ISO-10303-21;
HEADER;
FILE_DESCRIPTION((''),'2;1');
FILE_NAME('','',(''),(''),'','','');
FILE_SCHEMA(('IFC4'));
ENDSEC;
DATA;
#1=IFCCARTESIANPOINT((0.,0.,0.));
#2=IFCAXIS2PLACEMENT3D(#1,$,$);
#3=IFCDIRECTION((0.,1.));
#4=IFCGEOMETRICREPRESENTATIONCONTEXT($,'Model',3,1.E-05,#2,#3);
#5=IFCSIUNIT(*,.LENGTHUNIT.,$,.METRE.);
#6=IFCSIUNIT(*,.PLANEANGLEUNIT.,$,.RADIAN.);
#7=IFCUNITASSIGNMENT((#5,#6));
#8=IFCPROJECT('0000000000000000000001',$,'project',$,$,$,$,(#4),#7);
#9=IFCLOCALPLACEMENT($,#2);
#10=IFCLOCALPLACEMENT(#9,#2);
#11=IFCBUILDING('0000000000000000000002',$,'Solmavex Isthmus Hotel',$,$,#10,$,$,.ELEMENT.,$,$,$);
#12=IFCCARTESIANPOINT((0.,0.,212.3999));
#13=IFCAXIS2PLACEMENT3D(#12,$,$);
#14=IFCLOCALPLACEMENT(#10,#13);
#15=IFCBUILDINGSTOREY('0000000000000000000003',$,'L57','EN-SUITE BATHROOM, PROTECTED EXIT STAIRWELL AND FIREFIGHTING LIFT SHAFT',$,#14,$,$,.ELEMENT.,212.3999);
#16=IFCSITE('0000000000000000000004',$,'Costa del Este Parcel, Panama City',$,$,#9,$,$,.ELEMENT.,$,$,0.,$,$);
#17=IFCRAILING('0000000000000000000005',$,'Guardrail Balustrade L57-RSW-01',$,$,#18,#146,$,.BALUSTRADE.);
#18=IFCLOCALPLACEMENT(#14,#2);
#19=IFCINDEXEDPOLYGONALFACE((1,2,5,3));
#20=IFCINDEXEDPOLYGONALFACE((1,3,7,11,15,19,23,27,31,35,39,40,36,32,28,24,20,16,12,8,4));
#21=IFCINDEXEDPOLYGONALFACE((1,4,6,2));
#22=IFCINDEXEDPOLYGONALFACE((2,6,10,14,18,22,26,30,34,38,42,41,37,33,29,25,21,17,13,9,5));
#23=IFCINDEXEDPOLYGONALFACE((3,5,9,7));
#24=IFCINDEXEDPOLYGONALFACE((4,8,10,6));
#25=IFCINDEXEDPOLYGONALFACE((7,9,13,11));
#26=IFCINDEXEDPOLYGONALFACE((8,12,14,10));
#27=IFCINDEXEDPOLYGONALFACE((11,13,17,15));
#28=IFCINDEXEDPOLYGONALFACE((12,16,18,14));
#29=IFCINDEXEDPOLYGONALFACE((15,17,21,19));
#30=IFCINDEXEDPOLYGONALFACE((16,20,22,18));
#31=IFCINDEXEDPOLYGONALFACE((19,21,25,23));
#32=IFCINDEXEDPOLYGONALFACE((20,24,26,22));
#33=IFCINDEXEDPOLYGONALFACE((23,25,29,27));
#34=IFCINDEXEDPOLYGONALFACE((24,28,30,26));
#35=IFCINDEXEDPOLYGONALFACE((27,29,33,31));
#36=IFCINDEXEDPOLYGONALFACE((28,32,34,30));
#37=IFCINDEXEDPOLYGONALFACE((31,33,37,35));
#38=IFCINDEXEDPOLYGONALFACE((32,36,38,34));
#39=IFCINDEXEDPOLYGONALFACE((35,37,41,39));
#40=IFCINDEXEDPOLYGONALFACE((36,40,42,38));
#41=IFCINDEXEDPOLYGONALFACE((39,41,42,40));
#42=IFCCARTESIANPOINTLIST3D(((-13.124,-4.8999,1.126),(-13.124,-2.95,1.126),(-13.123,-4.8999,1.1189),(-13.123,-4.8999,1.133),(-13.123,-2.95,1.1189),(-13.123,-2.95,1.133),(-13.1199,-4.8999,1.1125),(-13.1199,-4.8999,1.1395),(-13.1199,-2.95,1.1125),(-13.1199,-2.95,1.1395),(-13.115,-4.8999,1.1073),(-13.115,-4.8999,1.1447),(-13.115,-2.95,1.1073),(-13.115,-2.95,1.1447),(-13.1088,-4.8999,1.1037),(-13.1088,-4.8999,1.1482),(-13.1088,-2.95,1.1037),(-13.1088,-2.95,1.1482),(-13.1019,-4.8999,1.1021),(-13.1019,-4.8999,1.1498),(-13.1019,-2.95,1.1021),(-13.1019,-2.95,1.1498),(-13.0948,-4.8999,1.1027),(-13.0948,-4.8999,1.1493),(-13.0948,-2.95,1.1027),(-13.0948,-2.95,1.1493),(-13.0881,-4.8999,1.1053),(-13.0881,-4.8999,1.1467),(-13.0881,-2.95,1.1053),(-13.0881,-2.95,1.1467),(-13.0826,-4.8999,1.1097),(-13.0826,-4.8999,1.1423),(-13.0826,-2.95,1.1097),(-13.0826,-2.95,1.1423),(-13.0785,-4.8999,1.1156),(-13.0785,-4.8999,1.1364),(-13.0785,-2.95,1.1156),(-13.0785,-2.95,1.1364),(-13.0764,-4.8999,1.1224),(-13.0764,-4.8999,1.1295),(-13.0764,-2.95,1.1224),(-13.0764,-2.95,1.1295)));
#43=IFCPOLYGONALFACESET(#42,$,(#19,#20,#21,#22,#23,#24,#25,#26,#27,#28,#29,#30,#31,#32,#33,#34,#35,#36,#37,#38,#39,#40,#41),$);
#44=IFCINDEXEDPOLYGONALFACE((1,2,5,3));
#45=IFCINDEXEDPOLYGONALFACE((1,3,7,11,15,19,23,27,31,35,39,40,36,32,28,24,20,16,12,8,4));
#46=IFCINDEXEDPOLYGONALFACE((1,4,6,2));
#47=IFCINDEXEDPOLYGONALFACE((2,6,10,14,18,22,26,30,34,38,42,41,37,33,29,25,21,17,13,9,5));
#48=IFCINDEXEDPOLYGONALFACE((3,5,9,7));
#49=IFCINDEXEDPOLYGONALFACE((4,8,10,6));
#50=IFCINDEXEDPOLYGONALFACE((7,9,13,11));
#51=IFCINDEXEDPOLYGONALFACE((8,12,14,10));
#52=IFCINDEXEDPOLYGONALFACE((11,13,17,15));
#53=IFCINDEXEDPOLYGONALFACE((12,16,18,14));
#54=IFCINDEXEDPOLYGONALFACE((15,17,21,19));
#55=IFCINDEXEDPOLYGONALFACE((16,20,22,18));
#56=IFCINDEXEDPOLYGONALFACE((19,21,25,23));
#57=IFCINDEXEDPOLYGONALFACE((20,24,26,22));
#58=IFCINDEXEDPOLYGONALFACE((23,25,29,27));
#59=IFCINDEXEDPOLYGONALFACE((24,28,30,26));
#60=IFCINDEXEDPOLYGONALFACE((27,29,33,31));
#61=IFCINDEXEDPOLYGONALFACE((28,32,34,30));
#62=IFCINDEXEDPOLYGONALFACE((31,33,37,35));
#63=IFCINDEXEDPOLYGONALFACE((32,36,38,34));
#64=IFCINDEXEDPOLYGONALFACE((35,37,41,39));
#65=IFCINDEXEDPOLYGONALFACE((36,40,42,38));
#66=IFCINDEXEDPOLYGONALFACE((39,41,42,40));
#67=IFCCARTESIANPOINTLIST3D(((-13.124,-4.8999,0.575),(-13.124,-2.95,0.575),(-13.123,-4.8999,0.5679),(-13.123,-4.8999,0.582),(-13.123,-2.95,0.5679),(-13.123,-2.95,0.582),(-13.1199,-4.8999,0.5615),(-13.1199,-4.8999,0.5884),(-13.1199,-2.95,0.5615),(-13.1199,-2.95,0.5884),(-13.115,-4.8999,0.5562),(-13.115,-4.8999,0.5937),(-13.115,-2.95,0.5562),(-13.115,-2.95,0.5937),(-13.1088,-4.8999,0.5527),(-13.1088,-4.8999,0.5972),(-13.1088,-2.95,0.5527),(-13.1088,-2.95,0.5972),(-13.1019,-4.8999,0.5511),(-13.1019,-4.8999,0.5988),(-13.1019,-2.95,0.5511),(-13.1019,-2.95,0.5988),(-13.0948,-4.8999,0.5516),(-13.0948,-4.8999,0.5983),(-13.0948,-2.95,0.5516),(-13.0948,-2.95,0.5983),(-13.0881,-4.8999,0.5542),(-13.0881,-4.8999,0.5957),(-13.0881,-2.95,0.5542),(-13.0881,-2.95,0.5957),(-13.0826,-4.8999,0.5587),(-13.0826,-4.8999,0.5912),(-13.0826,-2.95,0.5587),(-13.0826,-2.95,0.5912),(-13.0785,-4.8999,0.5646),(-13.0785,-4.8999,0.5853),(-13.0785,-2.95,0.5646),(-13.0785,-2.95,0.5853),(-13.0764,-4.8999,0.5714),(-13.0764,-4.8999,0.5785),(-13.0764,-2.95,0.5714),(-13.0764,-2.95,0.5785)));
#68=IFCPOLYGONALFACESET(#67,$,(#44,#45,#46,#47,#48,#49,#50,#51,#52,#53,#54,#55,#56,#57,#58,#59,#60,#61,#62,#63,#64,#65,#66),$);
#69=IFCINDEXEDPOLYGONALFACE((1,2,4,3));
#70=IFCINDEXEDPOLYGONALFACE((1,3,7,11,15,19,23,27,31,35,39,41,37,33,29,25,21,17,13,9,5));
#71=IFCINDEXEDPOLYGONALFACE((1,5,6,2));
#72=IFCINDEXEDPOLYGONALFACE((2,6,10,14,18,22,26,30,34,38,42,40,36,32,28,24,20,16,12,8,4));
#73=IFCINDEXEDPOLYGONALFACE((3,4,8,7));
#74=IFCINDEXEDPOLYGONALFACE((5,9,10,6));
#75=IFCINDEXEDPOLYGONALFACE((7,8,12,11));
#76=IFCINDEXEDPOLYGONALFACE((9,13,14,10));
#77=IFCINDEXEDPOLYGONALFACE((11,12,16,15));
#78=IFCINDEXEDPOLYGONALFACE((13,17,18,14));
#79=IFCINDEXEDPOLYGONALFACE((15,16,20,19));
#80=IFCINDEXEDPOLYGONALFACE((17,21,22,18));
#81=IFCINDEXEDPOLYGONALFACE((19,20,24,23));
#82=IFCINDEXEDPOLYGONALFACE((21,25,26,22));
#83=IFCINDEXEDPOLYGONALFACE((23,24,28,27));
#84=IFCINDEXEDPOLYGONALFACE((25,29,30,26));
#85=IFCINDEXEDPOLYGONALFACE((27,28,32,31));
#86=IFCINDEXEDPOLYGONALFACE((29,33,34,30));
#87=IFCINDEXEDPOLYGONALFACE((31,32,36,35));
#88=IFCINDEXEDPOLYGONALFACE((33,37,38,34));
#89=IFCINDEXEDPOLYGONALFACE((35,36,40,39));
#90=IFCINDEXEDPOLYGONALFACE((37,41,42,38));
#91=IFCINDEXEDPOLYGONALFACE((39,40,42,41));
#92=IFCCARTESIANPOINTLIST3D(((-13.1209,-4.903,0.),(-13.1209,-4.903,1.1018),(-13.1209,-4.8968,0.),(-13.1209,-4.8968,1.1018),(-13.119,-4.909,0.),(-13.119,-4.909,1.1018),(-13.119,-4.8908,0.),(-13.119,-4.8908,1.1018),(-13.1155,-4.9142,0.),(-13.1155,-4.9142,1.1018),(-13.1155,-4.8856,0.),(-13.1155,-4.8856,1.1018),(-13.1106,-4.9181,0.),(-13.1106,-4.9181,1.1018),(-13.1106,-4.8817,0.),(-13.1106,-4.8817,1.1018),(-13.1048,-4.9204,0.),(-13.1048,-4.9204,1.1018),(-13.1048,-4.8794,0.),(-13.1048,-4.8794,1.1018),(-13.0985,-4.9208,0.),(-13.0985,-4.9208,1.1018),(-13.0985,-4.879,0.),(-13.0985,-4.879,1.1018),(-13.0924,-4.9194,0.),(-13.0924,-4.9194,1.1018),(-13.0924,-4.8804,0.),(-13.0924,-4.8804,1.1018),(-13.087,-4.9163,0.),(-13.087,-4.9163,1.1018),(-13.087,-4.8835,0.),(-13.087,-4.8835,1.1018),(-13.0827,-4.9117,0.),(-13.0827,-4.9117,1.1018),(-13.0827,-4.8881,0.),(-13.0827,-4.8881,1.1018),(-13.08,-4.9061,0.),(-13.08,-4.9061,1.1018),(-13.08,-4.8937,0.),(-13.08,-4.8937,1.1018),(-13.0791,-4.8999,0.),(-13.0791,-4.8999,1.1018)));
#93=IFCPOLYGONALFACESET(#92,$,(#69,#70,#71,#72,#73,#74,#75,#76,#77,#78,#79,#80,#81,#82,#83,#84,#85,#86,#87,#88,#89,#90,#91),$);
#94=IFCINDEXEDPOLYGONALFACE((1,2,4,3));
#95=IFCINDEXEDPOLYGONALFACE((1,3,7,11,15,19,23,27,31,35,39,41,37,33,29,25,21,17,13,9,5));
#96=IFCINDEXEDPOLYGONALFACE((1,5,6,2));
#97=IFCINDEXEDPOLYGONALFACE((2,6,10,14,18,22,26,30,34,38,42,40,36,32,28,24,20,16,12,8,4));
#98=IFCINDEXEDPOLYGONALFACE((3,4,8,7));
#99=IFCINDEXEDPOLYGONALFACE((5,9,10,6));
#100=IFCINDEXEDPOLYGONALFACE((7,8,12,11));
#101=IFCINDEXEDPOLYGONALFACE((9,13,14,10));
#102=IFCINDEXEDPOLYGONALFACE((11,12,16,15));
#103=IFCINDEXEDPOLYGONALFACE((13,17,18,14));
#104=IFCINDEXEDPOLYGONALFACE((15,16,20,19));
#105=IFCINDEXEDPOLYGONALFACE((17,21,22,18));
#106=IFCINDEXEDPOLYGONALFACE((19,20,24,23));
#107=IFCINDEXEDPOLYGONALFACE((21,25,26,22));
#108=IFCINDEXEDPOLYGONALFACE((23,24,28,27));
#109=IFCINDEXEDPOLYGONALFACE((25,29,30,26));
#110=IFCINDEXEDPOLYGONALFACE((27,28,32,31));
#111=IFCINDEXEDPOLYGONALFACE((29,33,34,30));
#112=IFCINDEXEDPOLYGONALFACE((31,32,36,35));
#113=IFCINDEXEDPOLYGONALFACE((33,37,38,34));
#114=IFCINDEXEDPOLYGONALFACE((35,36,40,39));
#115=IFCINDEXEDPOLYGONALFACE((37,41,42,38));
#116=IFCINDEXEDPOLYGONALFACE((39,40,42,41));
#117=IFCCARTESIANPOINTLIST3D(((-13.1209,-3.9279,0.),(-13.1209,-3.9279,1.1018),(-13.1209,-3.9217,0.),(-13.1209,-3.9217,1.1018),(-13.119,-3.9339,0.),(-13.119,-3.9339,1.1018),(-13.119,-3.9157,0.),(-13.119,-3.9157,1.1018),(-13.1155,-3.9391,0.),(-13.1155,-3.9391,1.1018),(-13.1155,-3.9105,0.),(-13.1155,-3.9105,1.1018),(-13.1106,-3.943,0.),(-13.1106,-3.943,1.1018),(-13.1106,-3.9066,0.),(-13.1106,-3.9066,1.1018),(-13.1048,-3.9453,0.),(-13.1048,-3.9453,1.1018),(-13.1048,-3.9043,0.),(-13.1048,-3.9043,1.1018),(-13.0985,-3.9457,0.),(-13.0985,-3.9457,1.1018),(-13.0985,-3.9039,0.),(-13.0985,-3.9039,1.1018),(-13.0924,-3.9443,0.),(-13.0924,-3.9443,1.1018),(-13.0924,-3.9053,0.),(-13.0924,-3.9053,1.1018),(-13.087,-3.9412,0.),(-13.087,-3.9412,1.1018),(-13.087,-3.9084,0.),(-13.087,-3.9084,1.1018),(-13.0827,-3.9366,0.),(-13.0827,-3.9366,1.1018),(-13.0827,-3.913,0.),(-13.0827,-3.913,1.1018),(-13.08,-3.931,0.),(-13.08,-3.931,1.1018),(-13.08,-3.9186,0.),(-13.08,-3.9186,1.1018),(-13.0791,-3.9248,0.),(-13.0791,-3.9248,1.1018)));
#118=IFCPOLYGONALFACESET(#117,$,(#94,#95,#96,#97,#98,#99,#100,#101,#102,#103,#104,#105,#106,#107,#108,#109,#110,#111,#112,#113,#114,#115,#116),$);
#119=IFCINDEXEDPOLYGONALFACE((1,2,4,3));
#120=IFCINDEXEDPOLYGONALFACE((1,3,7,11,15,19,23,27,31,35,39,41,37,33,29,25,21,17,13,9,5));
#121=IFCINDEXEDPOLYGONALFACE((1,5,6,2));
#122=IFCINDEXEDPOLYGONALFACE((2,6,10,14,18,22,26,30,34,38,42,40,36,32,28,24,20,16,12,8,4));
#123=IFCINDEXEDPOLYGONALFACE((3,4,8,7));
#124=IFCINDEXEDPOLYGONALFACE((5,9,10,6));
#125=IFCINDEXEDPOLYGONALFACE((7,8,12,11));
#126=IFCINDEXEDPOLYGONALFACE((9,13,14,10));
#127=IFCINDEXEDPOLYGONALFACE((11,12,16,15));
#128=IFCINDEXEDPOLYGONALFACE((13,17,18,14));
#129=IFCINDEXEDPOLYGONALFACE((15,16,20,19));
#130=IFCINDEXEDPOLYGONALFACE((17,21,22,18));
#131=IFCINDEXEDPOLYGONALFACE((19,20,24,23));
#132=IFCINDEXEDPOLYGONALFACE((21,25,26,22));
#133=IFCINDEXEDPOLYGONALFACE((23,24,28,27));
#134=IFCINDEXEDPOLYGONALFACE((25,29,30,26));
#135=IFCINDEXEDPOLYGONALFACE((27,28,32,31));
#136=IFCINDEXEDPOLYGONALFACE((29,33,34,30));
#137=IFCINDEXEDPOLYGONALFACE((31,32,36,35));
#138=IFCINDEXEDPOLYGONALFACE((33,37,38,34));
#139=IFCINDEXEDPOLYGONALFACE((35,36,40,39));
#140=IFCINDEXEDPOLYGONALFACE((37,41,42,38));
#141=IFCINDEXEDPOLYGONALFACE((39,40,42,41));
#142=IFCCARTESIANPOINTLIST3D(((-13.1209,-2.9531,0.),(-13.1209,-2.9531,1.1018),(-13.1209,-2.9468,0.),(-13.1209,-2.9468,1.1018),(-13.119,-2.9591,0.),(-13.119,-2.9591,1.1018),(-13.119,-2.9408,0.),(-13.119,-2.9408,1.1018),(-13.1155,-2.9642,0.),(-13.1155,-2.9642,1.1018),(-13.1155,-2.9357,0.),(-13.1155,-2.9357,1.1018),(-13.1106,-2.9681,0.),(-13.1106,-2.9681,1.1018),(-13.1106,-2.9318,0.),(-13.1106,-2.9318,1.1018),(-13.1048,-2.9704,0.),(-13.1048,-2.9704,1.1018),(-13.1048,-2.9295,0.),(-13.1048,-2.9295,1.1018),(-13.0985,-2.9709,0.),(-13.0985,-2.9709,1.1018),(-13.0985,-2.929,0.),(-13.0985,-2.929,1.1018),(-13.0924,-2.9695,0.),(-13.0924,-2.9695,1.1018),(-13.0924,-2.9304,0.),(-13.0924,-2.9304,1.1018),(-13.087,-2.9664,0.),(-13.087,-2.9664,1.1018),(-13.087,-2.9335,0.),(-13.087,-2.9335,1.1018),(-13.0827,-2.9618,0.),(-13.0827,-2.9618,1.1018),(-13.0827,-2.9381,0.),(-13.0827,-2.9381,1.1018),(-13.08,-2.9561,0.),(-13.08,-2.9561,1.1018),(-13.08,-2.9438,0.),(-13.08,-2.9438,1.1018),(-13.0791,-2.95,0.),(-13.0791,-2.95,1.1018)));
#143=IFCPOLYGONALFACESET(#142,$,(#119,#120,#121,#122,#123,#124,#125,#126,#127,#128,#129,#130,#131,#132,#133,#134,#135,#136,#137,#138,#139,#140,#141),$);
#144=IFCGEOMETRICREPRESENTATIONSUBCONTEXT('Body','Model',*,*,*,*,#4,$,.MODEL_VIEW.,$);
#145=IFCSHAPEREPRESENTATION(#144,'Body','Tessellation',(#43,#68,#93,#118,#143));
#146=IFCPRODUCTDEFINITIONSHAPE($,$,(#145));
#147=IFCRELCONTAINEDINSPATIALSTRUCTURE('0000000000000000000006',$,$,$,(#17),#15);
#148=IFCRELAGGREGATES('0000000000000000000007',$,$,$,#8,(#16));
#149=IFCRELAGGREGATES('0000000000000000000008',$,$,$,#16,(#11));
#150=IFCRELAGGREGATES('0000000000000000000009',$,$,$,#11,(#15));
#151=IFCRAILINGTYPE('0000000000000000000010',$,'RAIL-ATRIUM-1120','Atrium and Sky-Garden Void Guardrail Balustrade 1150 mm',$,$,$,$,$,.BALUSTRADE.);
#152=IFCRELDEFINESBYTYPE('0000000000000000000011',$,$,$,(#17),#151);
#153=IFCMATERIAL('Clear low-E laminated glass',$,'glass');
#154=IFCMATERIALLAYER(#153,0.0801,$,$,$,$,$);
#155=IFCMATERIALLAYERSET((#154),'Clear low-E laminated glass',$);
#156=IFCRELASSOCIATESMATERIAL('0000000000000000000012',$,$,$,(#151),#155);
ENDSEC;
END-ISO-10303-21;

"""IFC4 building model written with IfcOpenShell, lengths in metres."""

from ifc_helpers import new_model, si_unit, direction, frame, origin, origin_2d, place, context, subcontext, project, spatial, circle, extrude, material, layer, layer_set, type_object, element, save


model = new_model("IFC4")

# Units and contexts
model_context = context("Model", 3, precision=1e-05, world=origin(), true_north=direction((0.0, 1.0)))
body_context = subcontext(model_context, "Body", "Model", "MODEL_VIEW")
ifc_project = project(units=[si_unit("LENGTHUNIT", "METRE"), si_unit("PLANEANGLEUNIT", "RADIAN")], contexts=[model_context])

# Site, building, storey
site_placement = place(None, origin())
site = spatial("IfcSite", under=ifc_project, at=site_placement, Name="Costa del Este Parcel, Panama City", CompositionType="ELEMENT", RefElevation=0.0)
building_placement = place(site_placement, origin())
building = spatial("IfcBuilding", under=site, at=building_placement, Name="Solmavex Isthmus Hotel", CompositionType="ELEMENT")
storey_placement = place(building_placement, frame((0.0, 0.0, 212.3999)))
storey = spatial("IfcBuildingStorey", under=building, at=storey_placement, Name="L57", Description="EN-SUITE BATHROOM, PROTECTED EXIT STAIRWELL AND FIREFIGHTING LIFT SHAFT", CompositionType="ELEMENT", Elevation=212.3999)

# Shared definitions
ifc_material_1 = material(Name="Clear low-E laminated glass", Category="glass")

# Railing
ifc_layer_1 = layer(ifc_material_1, 0.0801)
ifc_layer_set_1 = layer_set([ifc_layer_1], Name="Clear low-E laminated glass")
railing_type_1 = type_object("IfcRailingType", Name="RAIL-ATRIUM-1120", Description="Atrium and Sky-Garden Void Guardrail Balustrade 1150 mm", PredefinedType="BALUSTRADE", material=ifc_layer_set_1)
railing_1_placement = place(storey_placement, frame((-13.1001, -4.8999, 0.0)))
element("IfcRailing", 1, at=railing_1_placement, inside=storey, type_object=railing_type_1, Name="Guardrail Balustrade L57-RSW-01", PredefinedType="BALUSTRADE", context=body_context, shape_type="SweptSolid", body=[
    extrude(circle(Radius=0.0239, at=origin_2d()), frame((0.0, 0.0, 1.126), z_axis=(0.0, 1.0, 0.0), x_axis=(-1.0, 0.0, 0.0)), (0.0, 0.0, 1.0), 1.95),
    extrude(circle(Radius=0.0239, at=origin_2d()), frame((0.0, 0.0, 0.575), z_axis=(0.0, 1.0, 0.0), x_axis=(-1.0, 0.0, 0.0)), (0.0, 0.0, 1.0), 1.95),
    extrude(circle(Radius=0.021, at=origin_2d()), origin(), (0.0, 0.0, 1.0), 1.1018),
    extrude(circle(Radius=0.021, at=origin_2d()), frame((0.0, 0.9751, 0.0)), (0.0, 0.0, 1.0), 1.1018),
    extrude(circle(Radius=0.021, at=origin_2d()), frame((0.0, 1.95, 0.0)), (0.0, 0.0, 1.0), 1.1018),
])

save(model, "model.ifc")
